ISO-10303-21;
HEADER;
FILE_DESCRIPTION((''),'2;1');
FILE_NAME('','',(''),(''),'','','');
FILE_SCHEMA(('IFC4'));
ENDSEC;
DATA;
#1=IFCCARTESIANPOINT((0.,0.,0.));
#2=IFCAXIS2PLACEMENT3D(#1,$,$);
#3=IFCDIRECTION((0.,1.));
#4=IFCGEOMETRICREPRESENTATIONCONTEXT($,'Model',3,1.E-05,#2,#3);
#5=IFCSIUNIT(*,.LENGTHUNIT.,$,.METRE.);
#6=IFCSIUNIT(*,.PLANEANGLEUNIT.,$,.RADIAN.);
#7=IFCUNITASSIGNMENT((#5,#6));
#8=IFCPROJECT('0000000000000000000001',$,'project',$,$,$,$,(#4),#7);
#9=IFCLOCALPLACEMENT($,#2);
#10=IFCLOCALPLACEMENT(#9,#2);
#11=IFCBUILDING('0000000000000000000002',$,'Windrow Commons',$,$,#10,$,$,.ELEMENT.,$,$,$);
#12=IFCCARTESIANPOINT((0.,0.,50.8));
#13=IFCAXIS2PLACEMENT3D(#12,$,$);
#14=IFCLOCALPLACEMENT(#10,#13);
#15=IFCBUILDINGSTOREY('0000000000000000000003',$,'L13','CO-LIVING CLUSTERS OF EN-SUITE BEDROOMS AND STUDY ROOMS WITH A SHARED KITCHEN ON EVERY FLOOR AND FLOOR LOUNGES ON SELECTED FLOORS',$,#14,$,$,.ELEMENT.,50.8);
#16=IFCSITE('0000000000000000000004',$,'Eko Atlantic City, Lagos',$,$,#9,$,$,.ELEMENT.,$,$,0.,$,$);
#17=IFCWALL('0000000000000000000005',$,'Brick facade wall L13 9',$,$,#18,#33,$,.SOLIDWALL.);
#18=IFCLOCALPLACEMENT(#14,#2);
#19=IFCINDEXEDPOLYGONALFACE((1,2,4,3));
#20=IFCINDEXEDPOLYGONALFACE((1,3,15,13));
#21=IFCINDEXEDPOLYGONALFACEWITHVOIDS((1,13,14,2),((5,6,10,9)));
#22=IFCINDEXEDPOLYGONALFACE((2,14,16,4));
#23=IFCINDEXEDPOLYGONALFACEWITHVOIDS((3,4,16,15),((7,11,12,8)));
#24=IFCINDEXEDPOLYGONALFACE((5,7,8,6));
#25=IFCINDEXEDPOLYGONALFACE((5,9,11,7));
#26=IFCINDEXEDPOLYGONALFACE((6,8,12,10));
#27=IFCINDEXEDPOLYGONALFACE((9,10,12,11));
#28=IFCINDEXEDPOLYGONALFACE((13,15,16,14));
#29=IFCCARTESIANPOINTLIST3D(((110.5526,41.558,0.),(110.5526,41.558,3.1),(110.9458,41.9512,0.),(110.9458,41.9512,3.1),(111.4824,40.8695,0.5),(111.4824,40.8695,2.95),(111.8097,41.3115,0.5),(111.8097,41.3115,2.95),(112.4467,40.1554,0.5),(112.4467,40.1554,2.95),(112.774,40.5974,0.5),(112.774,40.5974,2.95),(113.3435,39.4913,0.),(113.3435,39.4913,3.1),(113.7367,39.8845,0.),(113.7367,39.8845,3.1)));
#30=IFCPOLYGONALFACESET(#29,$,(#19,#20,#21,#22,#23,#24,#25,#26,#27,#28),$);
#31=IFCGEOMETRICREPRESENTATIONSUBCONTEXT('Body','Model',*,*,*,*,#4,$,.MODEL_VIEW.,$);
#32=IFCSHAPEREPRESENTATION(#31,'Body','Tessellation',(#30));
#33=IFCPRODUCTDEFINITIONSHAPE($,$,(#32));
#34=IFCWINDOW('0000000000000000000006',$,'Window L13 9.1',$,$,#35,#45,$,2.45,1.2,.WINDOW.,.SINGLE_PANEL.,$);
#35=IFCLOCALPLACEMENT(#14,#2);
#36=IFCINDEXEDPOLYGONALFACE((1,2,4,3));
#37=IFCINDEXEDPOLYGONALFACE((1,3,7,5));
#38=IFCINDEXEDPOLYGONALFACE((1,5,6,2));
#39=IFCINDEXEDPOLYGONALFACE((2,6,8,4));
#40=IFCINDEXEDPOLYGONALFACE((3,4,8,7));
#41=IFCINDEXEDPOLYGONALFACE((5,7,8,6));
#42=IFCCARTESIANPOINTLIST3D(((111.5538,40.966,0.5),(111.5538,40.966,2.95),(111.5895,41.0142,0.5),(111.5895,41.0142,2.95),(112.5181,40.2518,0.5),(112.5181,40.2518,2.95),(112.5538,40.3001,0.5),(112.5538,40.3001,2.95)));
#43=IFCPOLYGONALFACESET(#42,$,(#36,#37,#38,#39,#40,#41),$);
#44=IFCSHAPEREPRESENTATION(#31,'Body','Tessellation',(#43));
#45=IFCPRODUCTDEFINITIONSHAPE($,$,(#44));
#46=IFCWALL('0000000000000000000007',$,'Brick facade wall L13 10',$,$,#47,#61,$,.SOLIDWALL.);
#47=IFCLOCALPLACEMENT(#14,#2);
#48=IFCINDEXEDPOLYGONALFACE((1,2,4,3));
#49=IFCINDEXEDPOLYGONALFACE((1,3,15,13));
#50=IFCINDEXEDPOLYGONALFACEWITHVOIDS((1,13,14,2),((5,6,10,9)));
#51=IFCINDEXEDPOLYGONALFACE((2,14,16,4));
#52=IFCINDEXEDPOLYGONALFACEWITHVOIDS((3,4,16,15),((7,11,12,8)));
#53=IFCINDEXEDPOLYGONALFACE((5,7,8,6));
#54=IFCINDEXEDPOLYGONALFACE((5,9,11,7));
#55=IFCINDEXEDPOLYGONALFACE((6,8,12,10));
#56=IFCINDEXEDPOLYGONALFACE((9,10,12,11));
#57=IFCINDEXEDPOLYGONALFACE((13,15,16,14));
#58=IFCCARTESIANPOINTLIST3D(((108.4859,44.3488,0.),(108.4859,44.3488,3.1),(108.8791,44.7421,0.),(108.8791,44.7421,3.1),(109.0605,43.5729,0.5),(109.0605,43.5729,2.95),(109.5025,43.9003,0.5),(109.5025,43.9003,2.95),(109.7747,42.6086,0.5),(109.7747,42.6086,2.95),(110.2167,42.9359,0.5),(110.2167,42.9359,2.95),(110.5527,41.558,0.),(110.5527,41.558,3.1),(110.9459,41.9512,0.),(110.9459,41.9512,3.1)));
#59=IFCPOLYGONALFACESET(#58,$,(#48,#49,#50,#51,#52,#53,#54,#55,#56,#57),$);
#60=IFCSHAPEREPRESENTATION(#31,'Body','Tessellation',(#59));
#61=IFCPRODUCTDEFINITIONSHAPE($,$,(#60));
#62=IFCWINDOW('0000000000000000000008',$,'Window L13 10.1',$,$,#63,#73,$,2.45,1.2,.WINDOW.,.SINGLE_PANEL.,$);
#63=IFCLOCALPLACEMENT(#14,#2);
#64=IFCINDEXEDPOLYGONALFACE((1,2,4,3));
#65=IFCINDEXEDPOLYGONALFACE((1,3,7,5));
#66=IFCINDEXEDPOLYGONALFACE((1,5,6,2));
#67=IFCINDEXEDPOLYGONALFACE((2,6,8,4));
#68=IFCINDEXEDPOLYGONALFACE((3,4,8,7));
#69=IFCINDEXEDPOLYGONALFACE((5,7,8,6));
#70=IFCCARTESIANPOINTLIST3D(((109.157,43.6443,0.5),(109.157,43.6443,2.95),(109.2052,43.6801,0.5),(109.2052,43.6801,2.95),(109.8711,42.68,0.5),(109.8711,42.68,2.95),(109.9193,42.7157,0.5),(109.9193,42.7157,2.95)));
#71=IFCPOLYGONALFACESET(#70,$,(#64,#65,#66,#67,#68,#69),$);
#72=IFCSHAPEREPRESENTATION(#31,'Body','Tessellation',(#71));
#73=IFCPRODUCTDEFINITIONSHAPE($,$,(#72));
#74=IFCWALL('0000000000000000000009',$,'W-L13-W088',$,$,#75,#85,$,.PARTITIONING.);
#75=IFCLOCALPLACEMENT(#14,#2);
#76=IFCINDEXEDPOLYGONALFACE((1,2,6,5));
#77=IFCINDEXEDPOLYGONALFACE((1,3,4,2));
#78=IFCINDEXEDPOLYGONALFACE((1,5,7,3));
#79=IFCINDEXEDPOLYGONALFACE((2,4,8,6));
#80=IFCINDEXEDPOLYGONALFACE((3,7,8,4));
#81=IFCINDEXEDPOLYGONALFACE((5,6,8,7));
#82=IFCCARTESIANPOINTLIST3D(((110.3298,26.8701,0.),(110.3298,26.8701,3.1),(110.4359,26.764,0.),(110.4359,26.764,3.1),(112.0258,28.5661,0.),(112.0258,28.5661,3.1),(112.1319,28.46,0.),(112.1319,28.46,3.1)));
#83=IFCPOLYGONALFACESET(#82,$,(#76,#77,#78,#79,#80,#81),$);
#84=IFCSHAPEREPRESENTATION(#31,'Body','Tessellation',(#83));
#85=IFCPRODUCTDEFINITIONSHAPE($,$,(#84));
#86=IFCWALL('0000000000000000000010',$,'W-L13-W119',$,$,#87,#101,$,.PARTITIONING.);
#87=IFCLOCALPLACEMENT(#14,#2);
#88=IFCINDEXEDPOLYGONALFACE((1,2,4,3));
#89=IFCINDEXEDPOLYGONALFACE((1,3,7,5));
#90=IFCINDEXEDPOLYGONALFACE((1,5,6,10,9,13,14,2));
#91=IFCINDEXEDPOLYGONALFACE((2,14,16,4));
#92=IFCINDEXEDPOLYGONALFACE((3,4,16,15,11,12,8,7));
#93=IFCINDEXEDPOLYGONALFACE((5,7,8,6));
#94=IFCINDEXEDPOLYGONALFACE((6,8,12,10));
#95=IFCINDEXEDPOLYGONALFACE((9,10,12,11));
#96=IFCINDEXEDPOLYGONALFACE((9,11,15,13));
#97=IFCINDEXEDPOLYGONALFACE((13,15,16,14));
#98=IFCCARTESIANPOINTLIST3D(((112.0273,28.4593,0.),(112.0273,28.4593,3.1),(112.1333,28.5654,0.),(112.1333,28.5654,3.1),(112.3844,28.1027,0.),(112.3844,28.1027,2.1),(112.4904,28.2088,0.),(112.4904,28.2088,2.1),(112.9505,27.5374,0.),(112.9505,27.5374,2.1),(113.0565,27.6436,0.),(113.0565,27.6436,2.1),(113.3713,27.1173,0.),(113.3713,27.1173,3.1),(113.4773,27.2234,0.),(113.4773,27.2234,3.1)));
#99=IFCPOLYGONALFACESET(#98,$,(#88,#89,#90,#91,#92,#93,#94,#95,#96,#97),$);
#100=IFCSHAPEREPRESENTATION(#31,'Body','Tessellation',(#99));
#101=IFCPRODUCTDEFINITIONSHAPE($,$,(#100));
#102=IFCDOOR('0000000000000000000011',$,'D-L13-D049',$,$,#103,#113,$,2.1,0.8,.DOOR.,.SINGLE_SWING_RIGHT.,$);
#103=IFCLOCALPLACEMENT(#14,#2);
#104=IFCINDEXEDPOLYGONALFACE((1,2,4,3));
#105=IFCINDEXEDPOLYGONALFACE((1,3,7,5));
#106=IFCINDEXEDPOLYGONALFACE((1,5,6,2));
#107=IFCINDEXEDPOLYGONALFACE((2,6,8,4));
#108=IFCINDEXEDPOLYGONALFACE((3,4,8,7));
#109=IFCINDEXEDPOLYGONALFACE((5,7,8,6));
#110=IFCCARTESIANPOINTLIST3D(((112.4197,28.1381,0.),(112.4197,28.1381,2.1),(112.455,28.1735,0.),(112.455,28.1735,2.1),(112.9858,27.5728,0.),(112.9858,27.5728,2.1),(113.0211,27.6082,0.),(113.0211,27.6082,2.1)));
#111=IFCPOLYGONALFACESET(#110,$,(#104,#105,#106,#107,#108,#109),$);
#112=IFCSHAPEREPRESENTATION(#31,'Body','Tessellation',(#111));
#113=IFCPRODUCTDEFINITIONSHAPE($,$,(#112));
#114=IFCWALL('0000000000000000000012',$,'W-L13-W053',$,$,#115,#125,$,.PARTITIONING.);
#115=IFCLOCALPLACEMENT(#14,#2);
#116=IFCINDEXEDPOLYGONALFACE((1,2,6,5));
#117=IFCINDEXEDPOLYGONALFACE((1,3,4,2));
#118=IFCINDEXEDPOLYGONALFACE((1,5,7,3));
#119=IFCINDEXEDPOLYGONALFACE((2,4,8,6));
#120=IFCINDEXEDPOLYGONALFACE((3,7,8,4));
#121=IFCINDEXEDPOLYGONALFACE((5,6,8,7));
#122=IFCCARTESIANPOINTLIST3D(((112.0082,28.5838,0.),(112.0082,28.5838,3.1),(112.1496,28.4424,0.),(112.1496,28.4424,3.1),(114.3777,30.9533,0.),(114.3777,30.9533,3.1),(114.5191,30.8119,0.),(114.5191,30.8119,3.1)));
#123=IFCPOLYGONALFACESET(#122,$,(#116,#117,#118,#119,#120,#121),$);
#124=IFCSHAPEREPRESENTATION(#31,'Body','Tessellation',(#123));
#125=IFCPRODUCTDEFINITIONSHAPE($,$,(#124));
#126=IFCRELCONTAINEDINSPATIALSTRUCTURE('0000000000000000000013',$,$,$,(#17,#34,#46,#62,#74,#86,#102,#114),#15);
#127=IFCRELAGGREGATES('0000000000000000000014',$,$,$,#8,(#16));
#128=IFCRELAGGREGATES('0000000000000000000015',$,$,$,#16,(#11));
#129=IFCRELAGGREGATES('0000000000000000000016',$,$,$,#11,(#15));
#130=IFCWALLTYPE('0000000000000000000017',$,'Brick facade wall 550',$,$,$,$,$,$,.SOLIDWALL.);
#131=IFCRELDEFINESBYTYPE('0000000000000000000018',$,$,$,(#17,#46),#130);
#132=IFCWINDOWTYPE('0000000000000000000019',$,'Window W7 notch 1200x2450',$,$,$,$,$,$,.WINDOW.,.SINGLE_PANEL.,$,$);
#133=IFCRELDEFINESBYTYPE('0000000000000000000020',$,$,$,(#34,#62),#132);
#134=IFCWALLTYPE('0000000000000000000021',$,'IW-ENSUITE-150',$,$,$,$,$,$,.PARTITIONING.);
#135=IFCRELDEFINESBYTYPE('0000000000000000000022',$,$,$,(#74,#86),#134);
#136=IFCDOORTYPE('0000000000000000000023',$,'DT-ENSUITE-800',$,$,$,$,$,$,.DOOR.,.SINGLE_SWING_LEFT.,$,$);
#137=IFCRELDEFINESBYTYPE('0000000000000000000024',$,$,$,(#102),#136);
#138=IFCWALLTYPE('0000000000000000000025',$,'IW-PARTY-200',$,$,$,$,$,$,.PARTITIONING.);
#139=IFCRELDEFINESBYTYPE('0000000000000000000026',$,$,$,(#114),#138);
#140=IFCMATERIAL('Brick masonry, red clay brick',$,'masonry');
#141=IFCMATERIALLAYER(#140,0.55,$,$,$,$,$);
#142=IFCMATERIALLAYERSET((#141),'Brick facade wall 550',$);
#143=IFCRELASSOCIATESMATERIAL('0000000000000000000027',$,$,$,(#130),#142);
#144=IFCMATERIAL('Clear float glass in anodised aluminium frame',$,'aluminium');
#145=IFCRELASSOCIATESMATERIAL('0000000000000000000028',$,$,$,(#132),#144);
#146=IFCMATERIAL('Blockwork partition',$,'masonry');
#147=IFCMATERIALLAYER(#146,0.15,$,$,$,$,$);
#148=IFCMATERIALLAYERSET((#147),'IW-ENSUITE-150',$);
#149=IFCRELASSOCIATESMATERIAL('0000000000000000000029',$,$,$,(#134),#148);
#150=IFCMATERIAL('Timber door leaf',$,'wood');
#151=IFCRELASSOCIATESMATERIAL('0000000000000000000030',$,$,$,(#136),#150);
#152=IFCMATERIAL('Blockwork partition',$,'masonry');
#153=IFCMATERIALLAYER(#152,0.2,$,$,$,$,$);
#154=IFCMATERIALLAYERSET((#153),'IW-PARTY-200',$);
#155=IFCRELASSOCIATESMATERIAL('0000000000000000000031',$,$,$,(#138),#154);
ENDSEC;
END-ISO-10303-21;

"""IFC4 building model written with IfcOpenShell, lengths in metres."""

from ifc_helpers import new_model, si_unit, direction, frame, frame_2d, origin, place, context, subcontext, project, spatial, polyline, rectangle, outline, extrude, material, layer, layer_set, type_object, element, fill, save


model = new_model("IFC4")

# Units and contexts
model_context = context("Model", 3, precision=1e-05, world=origin(), true_north=direction((0.0, 1.0)))
body_context = subcontext(model_context, "Body", "Model", "MODEL_VIEW")
ifc_project = project(units=[si_unit("LENGTHUNIT", "METRE"), si_unit("PLANEANGLEUNIT", "RADIAN")], contexts=[model_context])

# Site, building, storey
site_placement = place(None, origin())
site = spatial("IfcSite", under=ifc_project, at=site_placement, Name="Eko Atlantic City, Lagos", CompositionType="ELEMENT", RefElevation=0.0)
building_placement = place(site_placement, origin())
building = spatial("IfcBuilding", under=site, at=building_placement, Name="Windrow Commons", CompositionType="ELEMENT")
storey_placement = place(building_placement, frame((0.0, 0.0, 50.8)))
storey = spatial("IfcBuildingStorey", under=building, at=storey_placement, Name="L13", Description="CO-LIVING CLUSTERS OF EN-SUITE BEDROOMS AND STUDY ROOMS WITH A SHARED KITCHEN ON EVERY FLOOR AND FLOOR LOUNGES ON SELECTED FLOORS", CompositionType="ELEMENT", Elevation=50.8)

# Walls, openings, windows
ifc_material_1 = material(Name="Brick masonry, red clay brick", Category="masonry")
ifc_layer_1 = layer(ifc_material_1, 0.55)
ifc_layer_set_1 = layer_set([ifc_layer_1], Name="Brick facade wall 550")
wall_type_1 = type_object("IfcWallType", Name="Brick facade wall 550", PredefinedType="SOLIDWALL", material=ifc_layer_set_1)
ifc_material_2 = material(Name="Clear float glass in anodised aluminium frame", Category="aluminium")
window_type_1 = type_object("IfcWindowType", Name="Window W7 notch 1200x2450", PartitioningType="SINGLE_PANEL", PredefinedType="WINDOW", material=ifc_material_2)
wall_1_placement = place(storey_placement, frame((113.5401, 39.6879, 0.0), z_axis=(0.0, 0.0, 1.0), x_axis=(-0.803634, 0.595124, 0.0)))
wall_1 = element("IfcWall", 1, at=wall_1_placement, inside=storey, type_object=wall_type_1, Name="Brick facade wall L13 9", PredefinedType="SOLIDWALL", context=body_context, shape_type="SweptSolid", body=[
    extrude(outline(polyline([(-0.041, -0.275), (3.4318, -0.275), (3.5138, 0.275), (0.041, 0.275), (-0.041, -0.275)])), origin(), (0.0, 0.0, 1.0), 3.1),
])
opening_1_placement = place(wall_1_placement, frame((1.1569, 0.0, 0.5)))
opening_1 = element("IfcOpeningElement", 2, at=opening_1_placement, cuts=wall_1, PredefinedType="OPENING", context=body_context, shape_type="SweptSolid", body=[
    extrude(rectangle(XDim=1.2, YDim=2.45, at=frame_2d((0.6, 1.225))), frame((0.0, 0.285, 0.0), z_axis=(0.0, -1.0, 0.0), x_axis=(1.0, 0.0, 0.0)), (0.0, 0.0, 1.0), 0.57),
])
window_1_placement = place(opening_1_placement, origin())
window_1 = element("IfcWindow", 3, at=window_1_placement, inside=storey, type_object=window_type_1, Name="Window L13 9.1", OverallHeight=2.45, OverallWidth=1.2, PartitioningType="SINGLE_PANEL", PredefinedType="WINDOW", context=body_context, shape_type="SweptSolid", body=[
    extrude(rectangle(XDim=1.2, YDim=2.45, at=frame_2d((0.6, 1.225))), frame((0.0, 0.155, 0.0), z_axis=(0.0, -1.0, 0.0), x_axis=(1.0, 0.0, 0.0)), (0.0, 0.0, 1.0), 0.06),
])
fill(opening_1, window_1)
wall_2_placement = place(storey_placement, frame((110.7493, 41.7546, 0.0), z_axis=(0.0, 0.0, 1.0), x_axis=(-0.595128, 0.803631, 0.0)))
wall_2 = element("IfcWall", 4, at=wall_2_placement, inside=storey, type_object=wall_type_1, Name="Brick facade wall L13 10", PredefinedType="SOLIDWALL", context=body_context, shape_type="SweptSolid", body=[
    extrude(outline(polyline([(0.041, -0.275), (3.5138, -0.275), (3.4318, 0.275), (-0.041, 0.275), (0.041, -0.275)])), origin(), (0.0, 0.0, 1.0), 3.1),
])
opening_2_placement = place(wall_2_placement, frame((1.2663, 0.0, 0.5)))
opening_2 = element("IfcOpeningElement", 5, at=opening_2_placement, cuts=wall_2, PredefinedType="OPENING", context=body_context, shape_type="SweptSolid", body=[
    extrude(rectangle(XDim=1.2, YDim=2.45, at=frame_2d((0.6, 1.225))), frame((0.0, 0.285, 0.0), z_axis=(0.0, -1.0, 0.0), x_axis=(1.0, 0.0, 0.0)), (0.0, 0.0, 1.0), 0.57),
])
window_2_placement = place(opening_2_placement, origin())
window_2 = element("IfcWindow", 6, at=window_2_placement, inside=storey, type_object=window_type_1, Name="Window L13 10.1", OverallHeight=2.45, OverallWidth=1.2, PartitioningType="SINGLE_PANEL", PredefinedType="WINDOW", context=body_context, shape_type="SweptSolid", body=[
    extrude(rectangle(XDim=1.2, YDim=2.45, at=frame_2d((0.6, 1.225))), frame((0.0, 0.155, 0.0), z_axis=(0.0, -1.0, 0.0), x_axis=(1.0, 0.0, 0.0)), (0.0, 0.0, 1.0), 0.06),
])
fill(opening_2, window_2)

# Wall
ifc_material_3 = material(Name="Blockwork partition", Category="masonry")
ifc_layer_2 = layer(ifc_material_3, 0.15)
ifc_layer_set_2 = layer_set([ifc_layer_2], Name="IW-ENSUITE-150")
wall_type_2 = type_object("IfcWallType", Name="IW-ENSUITE-150", PredefinedType="PARTITIONING", material=ifc_layer_set_2)
wall_3_placement = place(storey_placement, frame((110.3829, 26.8171, 0.0), z_axis=(0.0, 0.0, 1.0), x_axis=(0.707107, 0.707107, 0.0)))
element("IfcWall", 7, at=wall_3_placement, inside=storey, type_object=wall_type_2, Name="W-L13-W088", PredefinedType="PARTITIONING", context=body_context, shape_type="SweptSolid", body=[
    extrude(rectangle(XDim=2.3985, YDim=0.15, at=frame_2d((1.1992, 0.0))), origin(), (0.0, 0.0, 1.0), 3.1),
])

# Wall, opening, door
wall_4_placement = place(storey_placement, frame((112.0803, 28.5123, 0.0), z_axis=(0.0, 0.0, 1.0), x_axis=(0.707633, -0.70658, 0.0)))
wall_4 = element("IfcWall", 8, at=wall_4_placement, inside=storey, type_object=wall_type_2, Name="W-L13-W119", PredefinedType="PARTITIONING", context=body_context, shape_type="SweptSolid", body=[
    extrude(rectangle(XDim=1.8993, YDim=0.15, at=frame_2d((0.9496, 0.0))), origin(), (0.0, 0.0, 1.0), 3.1),
])
opening_3_placement = place(wall_4_placement, frame((0.5046, 0.0, 0.0)))
opening_3 = element("IfcOpeningElement", 9, at=opening_3_placement, cuts=wall_4, PredefinedType="OPENING", context=body_context, shape_type="SweptSolid", body=[
    extrude(rectangle(XDim=0.8, YDim=2.1, at=frame_2d((0.4, 1.05))), frame((0.0, 0.085, 0.0), z_axis=(0.0, -1.0, 0.0), x_axis=(1.0, 0.0, 0.0)), (0.0, 0.0, 1.0), 0.17),
])
ifc_material_4 = material(Name="Timber door leaf", Category="wood")
door_type = type_object("IfcDoorType", Name="DT-ENSUITE-800", OperationType="SINGLE_SWING_LEFT", PredefinedType="DOOR", material=ifc_material_4)
door_placement = place(opening_3_placement, origin())
door = element("IfcDoor", 10, at=door_placement, inside=storey, type_object=door_type, Name="D-L13-D049", OperationType="SINGLE_SWING_RIGHT", OverallHeight=2.1, OverallWidth=0.8, PredefinedType="DOOR", context=body_context, shape_type="SweptSolid", body=[
    extrude(rectangle(XDim=0.8, YDim=2.1, at=frame_2d((0.4, 1.05))), frame((0.0, 0.025, 0.0), z_axis=(0.0, -1.0, 0.0), x_axis=(1.0, 0.0, 0.0)), (0.0, 0.0, 1.0), 0.05),
])
fill(opening_3, door)

# Wall
ifc_material_5 = material(Name="Blockwork partition", Category="masonry")
ifc_layer_3 = layer(ifc_material_5, 0.2)
ifc_layer_set_3 = layer_set([ifc_layer_3], Name="IW-PARTY-200")
wall_type_3 = type_object("IfcWallType", Name="IW-PARTY-200", PredefinedType="PARTITIONING", material=ifc_layer_set_3)
wall_5_placement = place(storey_placement, frame((112.0789, 28.5131, 0.0), z_axis=(0.0, 0.0, 1.0), x_axis=(0.707107, 0.707107, 0.0)))
element("IfcWall", 11, at=wall_5_placement, inside=storey, type_object=wall_type_3, Name="W-L13-W053", PredefinedType="PARTITIONING", context=body_context, shape_type="SweptSolid", body=[
    extrude(rectangle(XDim=3.351, YDim=0.2, at=frame_2d((1.6755, 0.0))), origin(), (0.0, 0.0, 1.0), 3.1),
])

save(model, "model.ifc")
